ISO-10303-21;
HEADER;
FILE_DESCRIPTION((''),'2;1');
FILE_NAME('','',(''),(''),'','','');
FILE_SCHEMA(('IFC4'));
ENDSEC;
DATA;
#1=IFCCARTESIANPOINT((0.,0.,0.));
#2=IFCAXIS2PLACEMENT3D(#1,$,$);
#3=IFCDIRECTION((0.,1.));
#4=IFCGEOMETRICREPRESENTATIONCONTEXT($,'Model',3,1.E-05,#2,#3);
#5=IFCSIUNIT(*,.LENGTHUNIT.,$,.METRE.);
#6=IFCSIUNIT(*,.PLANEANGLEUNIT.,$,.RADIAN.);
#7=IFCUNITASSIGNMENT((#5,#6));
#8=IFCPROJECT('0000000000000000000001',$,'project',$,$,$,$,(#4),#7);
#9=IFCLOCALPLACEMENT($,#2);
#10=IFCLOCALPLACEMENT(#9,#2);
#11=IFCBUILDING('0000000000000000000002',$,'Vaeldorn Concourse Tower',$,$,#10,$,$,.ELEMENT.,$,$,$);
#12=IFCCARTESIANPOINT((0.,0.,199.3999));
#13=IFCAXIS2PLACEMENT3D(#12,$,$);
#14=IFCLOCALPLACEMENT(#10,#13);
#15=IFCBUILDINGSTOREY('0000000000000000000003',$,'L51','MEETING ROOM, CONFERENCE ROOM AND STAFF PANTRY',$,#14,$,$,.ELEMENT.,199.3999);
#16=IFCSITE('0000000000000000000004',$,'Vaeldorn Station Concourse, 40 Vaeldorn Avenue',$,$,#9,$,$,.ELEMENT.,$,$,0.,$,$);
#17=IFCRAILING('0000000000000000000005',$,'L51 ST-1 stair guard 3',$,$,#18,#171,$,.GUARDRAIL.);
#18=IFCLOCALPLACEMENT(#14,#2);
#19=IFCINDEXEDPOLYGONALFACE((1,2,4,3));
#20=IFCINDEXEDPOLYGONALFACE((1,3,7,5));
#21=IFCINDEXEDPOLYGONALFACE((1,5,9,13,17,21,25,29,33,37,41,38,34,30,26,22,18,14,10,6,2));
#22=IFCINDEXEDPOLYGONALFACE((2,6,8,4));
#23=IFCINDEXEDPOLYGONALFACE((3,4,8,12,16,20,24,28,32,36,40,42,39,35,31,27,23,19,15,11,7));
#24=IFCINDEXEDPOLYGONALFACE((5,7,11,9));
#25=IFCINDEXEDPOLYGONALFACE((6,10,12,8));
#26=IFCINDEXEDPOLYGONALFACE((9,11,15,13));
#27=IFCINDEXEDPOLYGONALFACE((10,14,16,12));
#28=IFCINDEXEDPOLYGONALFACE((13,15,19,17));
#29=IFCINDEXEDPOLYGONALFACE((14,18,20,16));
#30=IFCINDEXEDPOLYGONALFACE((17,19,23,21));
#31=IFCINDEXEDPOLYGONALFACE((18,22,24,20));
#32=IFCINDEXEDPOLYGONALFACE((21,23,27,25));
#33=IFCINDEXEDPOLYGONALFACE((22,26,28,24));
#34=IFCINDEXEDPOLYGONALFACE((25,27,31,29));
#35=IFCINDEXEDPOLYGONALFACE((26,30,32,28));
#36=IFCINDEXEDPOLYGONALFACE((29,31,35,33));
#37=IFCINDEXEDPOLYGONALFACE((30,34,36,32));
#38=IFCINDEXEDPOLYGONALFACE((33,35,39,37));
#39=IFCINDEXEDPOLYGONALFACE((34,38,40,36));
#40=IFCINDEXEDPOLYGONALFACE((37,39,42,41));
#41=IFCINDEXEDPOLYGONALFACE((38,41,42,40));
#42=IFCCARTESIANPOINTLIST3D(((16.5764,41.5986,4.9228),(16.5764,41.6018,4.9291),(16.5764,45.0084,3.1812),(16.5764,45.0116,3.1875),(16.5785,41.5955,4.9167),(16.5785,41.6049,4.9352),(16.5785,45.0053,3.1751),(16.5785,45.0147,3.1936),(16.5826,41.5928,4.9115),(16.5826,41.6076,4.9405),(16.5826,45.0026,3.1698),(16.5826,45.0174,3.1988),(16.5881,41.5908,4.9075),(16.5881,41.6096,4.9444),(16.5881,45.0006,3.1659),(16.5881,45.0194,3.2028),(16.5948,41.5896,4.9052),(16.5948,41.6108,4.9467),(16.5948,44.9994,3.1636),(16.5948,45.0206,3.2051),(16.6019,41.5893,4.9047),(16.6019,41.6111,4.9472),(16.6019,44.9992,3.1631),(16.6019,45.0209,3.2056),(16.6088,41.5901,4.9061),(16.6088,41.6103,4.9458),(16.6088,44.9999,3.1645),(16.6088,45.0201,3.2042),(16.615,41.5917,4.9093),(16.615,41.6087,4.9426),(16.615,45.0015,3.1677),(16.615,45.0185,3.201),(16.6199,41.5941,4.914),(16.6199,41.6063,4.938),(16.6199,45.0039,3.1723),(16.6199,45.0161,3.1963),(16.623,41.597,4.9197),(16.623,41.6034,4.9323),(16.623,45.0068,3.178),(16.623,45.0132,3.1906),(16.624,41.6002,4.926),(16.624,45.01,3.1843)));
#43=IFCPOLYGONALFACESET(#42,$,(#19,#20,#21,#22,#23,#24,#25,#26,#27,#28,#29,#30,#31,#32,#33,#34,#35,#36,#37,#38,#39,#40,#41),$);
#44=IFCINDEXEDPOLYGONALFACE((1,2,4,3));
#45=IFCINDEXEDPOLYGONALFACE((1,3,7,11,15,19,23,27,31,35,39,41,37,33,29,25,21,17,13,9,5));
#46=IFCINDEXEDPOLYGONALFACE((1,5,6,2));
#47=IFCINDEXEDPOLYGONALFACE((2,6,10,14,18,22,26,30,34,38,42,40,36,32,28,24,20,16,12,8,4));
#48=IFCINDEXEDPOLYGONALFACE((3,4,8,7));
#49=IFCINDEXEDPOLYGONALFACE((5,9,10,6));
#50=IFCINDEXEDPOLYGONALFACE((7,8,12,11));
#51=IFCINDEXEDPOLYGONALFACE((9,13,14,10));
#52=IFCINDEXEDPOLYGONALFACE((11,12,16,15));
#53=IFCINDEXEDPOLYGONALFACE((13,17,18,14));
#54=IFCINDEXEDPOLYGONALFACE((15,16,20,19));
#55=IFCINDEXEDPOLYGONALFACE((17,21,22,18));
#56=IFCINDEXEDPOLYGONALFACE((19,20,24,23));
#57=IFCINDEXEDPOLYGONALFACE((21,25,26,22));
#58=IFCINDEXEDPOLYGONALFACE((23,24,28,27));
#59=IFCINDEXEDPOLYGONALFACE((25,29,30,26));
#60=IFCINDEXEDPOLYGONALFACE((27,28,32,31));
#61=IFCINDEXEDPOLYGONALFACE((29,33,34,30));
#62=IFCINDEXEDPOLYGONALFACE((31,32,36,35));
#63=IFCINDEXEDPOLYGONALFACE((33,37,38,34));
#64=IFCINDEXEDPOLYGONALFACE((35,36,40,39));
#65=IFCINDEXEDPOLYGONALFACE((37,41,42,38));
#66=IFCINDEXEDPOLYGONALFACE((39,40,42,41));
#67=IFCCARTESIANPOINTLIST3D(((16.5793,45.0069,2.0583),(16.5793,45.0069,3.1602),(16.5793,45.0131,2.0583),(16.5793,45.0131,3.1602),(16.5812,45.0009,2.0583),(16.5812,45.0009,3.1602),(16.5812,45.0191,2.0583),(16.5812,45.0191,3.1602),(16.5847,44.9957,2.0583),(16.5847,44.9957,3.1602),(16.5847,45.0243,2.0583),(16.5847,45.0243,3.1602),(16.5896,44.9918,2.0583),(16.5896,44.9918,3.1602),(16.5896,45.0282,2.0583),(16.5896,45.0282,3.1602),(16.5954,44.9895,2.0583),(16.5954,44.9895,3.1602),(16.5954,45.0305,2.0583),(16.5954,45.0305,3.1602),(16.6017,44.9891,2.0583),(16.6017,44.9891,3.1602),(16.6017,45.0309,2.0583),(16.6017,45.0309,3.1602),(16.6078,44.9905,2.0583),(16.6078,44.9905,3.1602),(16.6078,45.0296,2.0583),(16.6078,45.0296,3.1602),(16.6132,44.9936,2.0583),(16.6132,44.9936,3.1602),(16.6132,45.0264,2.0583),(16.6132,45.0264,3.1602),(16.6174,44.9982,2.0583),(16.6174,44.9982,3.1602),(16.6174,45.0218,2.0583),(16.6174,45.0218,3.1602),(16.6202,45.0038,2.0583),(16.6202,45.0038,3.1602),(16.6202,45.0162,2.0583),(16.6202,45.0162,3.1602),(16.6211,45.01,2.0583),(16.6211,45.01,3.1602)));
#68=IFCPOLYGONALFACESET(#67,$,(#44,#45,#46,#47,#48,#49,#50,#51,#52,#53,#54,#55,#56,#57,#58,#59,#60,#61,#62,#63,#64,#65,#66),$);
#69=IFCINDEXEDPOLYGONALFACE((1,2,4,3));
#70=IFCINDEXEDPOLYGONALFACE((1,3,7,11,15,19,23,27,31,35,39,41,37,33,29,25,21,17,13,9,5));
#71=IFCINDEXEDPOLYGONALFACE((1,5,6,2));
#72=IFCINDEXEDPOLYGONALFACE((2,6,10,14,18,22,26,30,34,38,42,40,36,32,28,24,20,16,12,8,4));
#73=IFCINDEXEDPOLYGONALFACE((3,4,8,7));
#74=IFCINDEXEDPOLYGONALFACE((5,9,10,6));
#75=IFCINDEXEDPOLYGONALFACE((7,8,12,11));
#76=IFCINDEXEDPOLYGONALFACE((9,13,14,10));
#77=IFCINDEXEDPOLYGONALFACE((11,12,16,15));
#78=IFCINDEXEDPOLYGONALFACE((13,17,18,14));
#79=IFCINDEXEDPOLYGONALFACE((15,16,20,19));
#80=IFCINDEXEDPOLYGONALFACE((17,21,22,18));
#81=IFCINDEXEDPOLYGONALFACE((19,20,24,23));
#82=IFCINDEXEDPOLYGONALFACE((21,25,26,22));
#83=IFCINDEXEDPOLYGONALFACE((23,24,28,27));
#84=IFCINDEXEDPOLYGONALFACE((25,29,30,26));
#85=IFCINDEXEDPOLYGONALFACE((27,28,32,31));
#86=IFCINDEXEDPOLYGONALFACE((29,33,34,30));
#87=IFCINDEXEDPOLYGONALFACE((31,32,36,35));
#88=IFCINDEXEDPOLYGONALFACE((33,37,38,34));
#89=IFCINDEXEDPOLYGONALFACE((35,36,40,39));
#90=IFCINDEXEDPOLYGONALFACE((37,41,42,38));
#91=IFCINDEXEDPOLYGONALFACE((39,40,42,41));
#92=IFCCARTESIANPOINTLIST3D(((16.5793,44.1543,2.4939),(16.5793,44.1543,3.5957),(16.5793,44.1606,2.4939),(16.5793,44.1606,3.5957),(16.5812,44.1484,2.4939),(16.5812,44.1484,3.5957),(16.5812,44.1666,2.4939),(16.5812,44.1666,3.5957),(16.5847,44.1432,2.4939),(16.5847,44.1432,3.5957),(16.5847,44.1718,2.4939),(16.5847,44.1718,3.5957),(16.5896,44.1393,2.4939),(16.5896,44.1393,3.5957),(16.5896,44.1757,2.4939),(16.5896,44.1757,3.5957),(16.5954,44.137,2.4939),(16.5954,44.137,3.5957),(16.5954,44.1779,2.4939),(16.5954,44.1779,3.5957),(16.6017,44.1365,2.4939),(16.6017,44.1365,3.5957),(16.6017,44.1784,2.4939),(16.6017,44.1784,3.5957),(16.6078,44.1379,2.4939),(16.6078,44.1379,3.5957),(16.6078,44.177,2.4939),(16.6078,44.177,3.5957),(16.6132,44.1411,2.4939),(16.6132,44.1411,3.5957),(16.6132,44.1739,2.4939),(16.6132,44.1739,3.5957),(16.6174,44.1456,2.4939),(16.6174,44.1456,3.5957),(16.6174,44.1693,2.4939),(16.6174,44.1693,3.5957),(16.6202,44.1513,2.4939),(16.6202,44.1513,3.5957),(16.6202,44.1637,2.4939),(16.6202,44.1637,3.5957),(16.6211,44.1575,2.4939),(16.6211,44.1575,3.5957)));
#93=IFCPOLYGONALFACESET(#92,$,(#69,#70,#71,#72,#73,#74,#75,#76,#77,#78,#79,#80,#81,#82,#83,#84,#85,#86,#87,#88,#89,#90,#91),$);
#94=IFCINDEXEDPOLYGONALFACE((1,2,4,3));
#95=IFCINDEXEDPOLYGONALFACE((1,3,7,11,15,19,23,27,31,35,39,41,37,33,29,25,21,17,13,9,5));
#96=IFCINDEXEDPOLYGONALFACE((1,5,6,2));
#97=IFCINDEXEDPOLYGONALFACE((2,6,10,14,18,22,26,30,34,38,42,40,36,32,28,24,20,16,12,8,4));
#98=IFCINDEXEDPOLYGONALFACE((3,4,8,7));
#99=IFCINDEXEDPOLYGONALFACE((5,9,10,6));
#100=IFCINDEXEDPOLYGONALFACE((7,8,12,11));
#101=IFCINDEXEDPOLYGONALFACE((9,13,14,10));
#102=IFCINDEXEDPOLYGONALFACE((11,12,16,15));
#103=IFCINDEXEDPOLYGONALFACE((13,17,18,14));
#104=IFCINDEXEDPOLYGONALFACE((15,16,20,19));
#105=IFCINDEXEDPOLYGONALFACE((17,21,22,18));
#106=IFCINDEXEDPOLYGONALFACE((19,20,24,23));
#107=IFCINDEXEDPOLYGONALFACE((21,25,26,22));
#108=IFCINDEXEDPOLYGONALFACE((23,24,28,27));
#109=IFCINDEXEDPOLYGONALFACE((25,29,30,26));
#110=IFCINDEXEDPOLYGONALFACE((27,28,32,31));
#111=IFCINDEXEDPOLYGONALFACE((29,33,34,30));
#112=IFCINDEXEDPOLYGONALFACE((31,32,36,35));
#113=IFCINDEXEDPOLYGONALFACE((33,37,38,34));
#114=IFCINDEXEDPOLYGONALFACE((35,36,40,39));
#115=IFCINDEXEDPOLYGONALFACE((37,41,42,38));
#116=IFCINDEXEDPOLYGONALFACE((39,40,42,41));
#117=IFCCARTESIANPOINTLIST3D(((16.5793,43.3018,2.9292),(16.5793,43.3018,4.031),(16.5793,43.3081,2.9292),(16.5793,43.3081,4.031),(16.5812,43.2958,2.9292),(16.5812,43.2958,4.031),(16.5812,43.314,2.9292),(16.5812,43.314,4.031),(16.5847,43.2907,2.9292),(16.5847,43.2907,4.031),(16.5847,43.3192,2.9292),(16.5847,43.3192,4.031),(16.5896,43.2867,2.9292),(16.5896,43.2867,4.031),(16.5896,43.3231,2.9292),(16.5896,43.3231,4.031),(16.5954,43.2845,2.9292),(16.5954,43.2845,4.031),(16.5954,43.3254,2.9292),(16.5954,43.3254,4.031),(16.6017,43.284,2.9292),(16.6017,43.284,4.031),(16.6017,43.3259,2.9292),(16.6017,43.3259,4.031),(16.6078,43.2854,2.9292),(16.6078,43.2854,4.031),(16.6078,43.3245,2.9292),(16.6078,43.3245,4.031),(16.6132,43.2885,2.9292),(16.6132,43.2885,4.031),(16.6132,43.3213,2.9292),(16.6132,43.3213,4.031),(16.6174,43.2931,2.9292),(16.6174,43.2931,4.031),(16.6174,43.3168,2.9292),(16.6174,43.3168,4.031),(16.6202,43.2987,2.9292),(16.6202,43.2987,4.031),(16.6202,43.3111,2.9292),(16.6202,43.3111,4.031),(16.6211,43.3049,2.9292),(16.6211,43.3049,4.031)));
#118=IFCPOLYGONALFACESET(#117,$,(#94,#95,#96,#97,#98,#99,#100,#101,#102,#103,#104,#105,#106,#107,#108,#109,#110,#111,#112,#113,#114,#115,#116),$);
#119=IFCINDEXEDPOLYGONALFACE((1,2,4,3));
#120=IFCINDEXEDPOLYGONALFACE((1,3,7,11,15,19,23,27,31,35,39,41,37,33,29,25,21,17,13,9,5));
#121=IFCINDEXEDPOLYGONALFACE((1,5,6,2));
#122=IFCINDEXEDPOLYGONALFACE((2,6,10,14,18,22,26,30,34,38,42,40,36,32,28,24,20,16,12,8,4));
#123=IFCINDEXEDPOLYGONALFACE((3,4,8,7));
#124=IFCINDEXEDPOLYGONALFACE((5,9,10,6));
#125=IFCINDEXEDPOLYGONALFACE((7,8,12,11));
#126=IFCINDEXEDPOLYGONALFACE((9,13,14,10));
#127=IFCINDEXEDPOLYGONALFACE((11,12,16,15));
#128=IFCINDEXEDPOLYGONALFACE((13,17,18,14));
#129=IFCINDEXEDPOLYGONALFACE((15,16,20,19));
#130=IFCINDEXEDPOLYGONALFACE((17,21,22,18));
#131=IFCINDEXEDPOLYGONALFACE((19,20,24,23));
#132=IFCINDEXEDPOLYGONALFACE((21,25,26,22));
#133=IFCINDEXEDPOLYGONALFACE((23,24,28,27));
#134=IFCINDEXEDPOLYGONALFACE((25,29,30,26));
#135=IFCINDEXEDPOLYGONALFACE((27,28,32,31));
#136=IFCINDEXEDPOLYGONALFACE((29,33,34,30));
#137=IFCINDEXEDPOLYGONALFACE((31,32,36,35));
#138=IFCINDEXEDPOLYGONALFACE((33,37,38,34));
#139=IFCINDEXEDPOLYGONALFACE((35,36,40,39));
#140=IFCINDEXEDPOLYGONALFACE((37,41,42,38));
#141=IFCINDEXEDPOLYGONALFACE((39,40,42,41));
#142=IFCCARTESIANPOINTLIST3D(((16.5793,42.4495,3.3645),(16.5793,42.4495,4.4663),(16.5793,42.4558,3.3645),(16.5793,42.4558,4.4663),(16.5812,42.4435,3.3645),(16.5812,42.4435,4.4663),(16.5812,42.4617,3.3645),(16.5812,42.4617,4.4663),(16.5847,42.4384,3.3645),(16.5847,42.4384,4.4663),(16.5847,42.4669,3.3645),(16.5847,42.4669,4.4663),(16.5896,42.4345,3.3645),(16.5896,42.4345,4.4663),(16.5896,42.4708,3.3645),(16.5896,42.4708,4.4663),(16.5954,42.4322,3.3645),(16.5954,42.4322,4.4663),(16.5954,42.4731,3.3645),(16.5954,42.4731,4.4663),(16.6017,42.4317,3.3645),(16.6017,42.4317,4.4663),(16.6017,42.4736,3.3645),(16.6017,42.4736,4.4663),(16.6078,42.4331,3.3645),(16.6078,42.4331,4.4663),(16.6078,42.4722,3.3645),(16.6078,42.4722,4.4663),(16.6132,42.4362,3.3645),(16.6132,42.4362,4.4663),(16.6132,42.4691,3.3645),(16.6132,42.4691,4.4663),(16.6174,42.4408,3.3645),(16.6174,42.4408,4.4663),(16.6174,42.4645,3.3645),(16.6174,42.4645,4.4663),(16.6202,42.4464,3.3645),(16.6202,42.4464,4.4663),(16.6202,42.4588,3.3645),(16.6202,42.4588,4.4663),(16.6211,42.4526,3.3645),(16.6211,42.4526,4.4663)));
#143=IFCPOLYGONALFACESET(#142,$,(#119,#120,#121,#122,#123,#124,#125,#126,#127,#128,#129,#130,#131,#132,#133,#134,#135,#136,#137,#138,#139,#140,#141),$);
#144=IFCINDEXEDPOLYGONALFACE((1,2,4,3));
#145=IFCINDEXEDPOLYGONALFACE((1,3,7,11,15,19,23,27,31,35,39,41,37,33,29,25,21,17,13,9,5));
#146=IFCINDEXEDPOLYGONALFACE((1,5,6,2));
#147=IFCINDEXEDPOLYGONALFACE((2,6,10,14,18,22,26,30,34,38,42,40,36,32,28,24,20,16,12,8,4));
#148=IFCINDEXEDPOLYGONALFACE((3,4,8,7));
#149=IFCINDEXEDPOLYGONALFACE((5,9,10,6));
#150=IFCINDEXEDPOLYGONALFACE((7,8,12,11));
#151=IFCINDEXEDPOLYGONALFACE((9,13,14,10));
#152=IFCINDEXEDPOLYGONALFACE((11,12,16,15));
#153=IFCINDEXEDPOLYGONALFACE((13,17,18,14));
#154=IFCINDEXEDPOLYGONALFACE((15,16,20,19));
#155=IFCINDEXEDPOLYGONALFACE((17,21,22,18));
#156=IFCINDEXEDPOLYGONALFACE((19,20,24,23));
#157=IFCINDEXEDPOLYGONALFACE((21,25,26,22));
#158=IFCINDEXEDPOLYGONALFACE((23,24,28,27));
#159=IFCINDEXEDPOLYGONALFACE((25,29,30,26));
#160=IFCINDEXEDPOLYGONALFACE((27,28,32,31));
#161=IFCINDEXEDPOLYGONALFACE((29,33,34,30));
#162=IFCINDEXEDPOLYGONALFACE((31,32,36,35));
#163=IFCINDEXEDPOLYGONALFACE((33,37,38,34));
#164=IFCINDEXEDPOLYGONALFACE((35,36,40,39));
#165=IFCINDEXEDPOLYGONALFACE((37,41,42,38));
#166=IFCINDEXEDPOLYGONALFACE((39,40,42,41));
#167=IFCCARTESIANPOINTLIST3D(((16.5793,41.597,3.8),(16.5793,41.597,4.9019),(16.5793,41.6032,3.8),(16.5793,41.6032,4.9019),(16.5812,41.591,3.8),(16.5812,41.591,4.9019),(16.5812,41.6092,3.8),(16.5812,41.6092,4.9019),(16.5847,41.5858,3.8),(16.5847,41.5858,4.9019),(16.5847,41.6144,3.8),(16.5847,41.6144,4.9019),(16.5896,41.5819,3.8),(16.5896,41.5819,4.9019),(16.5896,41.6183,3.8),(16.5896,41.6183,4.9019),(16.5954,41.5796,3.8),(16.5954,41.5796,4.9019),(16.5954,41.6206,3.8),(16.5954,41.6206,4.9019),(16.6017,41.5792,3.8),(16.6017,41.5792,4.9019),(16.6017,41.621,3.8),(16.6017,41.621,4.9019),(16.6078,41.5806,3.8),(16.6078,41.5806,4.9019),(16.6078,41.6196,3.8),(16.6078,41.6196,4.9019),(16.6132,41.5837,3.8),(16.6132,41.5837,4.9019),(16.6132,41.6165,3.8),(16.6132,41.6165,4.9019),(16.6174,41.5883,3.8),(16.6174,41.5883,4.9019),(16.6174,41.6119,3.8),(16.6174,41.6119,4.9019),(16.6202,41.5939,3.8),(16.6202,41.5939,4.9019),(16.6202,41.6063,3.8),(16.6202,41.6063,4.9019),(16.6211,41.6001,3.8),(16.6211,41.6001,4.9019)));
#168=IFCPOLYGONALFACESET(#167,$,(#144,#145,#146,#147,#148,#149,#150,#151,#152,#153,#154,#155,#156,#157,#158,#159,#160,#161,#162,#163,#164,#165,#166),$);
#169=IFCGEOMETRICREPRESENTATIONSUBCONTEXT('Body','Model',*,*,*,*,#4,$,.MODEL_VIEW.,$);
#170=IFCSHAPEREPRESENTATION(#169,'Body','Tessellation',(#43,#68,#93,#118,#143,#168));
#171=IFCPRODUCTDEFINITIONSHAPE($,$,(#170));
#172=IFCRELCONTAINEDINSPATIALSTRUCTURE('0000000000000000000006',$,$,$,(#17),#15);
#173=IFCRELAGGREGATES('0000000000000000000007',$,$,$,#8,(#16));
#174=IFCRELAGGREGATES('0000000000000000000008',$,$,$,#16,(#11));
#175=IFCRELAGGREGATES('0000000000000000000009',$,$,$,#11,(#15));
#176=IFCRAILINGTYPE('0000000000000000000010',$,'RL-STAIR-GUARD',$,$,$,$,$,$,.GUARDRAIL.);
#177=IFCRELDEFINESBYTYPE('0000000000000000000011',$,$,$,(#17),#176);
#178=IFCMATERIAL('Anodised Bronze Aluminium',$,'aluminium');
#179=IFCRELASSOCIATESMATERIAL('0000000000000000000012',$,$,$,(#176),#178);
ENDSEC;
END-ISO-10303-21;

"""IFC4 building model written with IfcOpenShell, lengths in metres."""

from ifc_helpers import new_model, si_unit, direction, frame, origin, origin_2d, place, context, subcontext, project, spatial, circle, extrude, material, type_object, element, save


model = new_model("IFC4")

# Units and contexts
model_context = context("Model", 3, precision=1e-05, world=origin(), true_north=direction((0.0, 1.0)))
body_context = subcontext(model_context, "Body", "Model", "MODEL_VIEW")
ifc_project = project(units=[si_unit("LENGTHUNIT", "METRE"), si_unit("PLANEANGLEUNIT", "RADIAN")], contexts=[model_context])

# Site, building, storey
site_placement = place(None, origin())
site = spatial("IfcSite", under=ifc_project, at=site_placement, Name="Vaeldorn Station Concourse, 40 Vaeldorn Avenue", CompositionType="ELEMENT", RefElevation=0.0)
building_placement = place(site_placement, origin())
building = spatial("IfcBuilding", under=site, at=building_placement, Name="Vaeldorn Concourse Tower", CompositionType="ELEMENT")
storey_placement = place(building_placement, frame((0.0, 0.0, 199.3999)))
storey = spatial("IfcBuildingStorey", under=building, at=storey_placement, Name="L51", Description="MEETING ROOM, CONFERENCE ROOM AND STAFF PANTRY", CompositionType="ELEMENT", Elevation=199.3999)

# Shared definitions
ifc_material_1 = material(Name="Anodised Bronze Aluminium", Category="aluminium")

# Railing
railing_type_1 = type_object("IfcRailingType", Name="RL-STAIR-GUARD", PredefinedType="GUARDRAIL", material=ifc_material_1)
railing_1_placement = place(storey_placement, frame((16.6001, 45.01, 2.0583)))
element("IfcRailing", 1, at=railing_1_placement, inside=storey, type_object=railing_type_1, Name="L51 ST-1 stair guard 3", PredefinedType="GUARDRAIL", context=body_context, shape_type="SweptSolid", body=[
    extrude(circle(Radius=0.0239, at=origin_2d()), frame((0.0, 0.0, 1.126), z_axis=(0.0, -0.890556, 0.454874), x_axis=(1.0, 0.0, 0.0)), (0.0, 0.0, 1.0), 3.8289),
    extrude(circle(Radius=0.021, at=origin_2d()), origin(), (0.0, 0.0, 1.0), 1.1018),
    extrude(circle(Radius=0.021, at=origin_2d()), frame((0.0, -0.8525, 0.4355)), (0.0, 0.0, 1.0), 1.1018),
    extrude(circle(Radius=0.021, at=origin_2d()), frame((0.0, -1.7051, 0.8708)), (0.0, 0.0, 1.0), 1.1018),
    extrude(circle(Radius=0.021, at=origin_2d()), frame((0.0, -2.5574, 1.3062)), (0.0, 0.0, 1.0), 1.1018),
    extrude(circle(Radius=0.021, at=origin_2d()), frame((0.0, -3.4099, 1.7417)), (0.0, 0.0, 1.0), 1.1018),
])

save(model, "model.ifc")
